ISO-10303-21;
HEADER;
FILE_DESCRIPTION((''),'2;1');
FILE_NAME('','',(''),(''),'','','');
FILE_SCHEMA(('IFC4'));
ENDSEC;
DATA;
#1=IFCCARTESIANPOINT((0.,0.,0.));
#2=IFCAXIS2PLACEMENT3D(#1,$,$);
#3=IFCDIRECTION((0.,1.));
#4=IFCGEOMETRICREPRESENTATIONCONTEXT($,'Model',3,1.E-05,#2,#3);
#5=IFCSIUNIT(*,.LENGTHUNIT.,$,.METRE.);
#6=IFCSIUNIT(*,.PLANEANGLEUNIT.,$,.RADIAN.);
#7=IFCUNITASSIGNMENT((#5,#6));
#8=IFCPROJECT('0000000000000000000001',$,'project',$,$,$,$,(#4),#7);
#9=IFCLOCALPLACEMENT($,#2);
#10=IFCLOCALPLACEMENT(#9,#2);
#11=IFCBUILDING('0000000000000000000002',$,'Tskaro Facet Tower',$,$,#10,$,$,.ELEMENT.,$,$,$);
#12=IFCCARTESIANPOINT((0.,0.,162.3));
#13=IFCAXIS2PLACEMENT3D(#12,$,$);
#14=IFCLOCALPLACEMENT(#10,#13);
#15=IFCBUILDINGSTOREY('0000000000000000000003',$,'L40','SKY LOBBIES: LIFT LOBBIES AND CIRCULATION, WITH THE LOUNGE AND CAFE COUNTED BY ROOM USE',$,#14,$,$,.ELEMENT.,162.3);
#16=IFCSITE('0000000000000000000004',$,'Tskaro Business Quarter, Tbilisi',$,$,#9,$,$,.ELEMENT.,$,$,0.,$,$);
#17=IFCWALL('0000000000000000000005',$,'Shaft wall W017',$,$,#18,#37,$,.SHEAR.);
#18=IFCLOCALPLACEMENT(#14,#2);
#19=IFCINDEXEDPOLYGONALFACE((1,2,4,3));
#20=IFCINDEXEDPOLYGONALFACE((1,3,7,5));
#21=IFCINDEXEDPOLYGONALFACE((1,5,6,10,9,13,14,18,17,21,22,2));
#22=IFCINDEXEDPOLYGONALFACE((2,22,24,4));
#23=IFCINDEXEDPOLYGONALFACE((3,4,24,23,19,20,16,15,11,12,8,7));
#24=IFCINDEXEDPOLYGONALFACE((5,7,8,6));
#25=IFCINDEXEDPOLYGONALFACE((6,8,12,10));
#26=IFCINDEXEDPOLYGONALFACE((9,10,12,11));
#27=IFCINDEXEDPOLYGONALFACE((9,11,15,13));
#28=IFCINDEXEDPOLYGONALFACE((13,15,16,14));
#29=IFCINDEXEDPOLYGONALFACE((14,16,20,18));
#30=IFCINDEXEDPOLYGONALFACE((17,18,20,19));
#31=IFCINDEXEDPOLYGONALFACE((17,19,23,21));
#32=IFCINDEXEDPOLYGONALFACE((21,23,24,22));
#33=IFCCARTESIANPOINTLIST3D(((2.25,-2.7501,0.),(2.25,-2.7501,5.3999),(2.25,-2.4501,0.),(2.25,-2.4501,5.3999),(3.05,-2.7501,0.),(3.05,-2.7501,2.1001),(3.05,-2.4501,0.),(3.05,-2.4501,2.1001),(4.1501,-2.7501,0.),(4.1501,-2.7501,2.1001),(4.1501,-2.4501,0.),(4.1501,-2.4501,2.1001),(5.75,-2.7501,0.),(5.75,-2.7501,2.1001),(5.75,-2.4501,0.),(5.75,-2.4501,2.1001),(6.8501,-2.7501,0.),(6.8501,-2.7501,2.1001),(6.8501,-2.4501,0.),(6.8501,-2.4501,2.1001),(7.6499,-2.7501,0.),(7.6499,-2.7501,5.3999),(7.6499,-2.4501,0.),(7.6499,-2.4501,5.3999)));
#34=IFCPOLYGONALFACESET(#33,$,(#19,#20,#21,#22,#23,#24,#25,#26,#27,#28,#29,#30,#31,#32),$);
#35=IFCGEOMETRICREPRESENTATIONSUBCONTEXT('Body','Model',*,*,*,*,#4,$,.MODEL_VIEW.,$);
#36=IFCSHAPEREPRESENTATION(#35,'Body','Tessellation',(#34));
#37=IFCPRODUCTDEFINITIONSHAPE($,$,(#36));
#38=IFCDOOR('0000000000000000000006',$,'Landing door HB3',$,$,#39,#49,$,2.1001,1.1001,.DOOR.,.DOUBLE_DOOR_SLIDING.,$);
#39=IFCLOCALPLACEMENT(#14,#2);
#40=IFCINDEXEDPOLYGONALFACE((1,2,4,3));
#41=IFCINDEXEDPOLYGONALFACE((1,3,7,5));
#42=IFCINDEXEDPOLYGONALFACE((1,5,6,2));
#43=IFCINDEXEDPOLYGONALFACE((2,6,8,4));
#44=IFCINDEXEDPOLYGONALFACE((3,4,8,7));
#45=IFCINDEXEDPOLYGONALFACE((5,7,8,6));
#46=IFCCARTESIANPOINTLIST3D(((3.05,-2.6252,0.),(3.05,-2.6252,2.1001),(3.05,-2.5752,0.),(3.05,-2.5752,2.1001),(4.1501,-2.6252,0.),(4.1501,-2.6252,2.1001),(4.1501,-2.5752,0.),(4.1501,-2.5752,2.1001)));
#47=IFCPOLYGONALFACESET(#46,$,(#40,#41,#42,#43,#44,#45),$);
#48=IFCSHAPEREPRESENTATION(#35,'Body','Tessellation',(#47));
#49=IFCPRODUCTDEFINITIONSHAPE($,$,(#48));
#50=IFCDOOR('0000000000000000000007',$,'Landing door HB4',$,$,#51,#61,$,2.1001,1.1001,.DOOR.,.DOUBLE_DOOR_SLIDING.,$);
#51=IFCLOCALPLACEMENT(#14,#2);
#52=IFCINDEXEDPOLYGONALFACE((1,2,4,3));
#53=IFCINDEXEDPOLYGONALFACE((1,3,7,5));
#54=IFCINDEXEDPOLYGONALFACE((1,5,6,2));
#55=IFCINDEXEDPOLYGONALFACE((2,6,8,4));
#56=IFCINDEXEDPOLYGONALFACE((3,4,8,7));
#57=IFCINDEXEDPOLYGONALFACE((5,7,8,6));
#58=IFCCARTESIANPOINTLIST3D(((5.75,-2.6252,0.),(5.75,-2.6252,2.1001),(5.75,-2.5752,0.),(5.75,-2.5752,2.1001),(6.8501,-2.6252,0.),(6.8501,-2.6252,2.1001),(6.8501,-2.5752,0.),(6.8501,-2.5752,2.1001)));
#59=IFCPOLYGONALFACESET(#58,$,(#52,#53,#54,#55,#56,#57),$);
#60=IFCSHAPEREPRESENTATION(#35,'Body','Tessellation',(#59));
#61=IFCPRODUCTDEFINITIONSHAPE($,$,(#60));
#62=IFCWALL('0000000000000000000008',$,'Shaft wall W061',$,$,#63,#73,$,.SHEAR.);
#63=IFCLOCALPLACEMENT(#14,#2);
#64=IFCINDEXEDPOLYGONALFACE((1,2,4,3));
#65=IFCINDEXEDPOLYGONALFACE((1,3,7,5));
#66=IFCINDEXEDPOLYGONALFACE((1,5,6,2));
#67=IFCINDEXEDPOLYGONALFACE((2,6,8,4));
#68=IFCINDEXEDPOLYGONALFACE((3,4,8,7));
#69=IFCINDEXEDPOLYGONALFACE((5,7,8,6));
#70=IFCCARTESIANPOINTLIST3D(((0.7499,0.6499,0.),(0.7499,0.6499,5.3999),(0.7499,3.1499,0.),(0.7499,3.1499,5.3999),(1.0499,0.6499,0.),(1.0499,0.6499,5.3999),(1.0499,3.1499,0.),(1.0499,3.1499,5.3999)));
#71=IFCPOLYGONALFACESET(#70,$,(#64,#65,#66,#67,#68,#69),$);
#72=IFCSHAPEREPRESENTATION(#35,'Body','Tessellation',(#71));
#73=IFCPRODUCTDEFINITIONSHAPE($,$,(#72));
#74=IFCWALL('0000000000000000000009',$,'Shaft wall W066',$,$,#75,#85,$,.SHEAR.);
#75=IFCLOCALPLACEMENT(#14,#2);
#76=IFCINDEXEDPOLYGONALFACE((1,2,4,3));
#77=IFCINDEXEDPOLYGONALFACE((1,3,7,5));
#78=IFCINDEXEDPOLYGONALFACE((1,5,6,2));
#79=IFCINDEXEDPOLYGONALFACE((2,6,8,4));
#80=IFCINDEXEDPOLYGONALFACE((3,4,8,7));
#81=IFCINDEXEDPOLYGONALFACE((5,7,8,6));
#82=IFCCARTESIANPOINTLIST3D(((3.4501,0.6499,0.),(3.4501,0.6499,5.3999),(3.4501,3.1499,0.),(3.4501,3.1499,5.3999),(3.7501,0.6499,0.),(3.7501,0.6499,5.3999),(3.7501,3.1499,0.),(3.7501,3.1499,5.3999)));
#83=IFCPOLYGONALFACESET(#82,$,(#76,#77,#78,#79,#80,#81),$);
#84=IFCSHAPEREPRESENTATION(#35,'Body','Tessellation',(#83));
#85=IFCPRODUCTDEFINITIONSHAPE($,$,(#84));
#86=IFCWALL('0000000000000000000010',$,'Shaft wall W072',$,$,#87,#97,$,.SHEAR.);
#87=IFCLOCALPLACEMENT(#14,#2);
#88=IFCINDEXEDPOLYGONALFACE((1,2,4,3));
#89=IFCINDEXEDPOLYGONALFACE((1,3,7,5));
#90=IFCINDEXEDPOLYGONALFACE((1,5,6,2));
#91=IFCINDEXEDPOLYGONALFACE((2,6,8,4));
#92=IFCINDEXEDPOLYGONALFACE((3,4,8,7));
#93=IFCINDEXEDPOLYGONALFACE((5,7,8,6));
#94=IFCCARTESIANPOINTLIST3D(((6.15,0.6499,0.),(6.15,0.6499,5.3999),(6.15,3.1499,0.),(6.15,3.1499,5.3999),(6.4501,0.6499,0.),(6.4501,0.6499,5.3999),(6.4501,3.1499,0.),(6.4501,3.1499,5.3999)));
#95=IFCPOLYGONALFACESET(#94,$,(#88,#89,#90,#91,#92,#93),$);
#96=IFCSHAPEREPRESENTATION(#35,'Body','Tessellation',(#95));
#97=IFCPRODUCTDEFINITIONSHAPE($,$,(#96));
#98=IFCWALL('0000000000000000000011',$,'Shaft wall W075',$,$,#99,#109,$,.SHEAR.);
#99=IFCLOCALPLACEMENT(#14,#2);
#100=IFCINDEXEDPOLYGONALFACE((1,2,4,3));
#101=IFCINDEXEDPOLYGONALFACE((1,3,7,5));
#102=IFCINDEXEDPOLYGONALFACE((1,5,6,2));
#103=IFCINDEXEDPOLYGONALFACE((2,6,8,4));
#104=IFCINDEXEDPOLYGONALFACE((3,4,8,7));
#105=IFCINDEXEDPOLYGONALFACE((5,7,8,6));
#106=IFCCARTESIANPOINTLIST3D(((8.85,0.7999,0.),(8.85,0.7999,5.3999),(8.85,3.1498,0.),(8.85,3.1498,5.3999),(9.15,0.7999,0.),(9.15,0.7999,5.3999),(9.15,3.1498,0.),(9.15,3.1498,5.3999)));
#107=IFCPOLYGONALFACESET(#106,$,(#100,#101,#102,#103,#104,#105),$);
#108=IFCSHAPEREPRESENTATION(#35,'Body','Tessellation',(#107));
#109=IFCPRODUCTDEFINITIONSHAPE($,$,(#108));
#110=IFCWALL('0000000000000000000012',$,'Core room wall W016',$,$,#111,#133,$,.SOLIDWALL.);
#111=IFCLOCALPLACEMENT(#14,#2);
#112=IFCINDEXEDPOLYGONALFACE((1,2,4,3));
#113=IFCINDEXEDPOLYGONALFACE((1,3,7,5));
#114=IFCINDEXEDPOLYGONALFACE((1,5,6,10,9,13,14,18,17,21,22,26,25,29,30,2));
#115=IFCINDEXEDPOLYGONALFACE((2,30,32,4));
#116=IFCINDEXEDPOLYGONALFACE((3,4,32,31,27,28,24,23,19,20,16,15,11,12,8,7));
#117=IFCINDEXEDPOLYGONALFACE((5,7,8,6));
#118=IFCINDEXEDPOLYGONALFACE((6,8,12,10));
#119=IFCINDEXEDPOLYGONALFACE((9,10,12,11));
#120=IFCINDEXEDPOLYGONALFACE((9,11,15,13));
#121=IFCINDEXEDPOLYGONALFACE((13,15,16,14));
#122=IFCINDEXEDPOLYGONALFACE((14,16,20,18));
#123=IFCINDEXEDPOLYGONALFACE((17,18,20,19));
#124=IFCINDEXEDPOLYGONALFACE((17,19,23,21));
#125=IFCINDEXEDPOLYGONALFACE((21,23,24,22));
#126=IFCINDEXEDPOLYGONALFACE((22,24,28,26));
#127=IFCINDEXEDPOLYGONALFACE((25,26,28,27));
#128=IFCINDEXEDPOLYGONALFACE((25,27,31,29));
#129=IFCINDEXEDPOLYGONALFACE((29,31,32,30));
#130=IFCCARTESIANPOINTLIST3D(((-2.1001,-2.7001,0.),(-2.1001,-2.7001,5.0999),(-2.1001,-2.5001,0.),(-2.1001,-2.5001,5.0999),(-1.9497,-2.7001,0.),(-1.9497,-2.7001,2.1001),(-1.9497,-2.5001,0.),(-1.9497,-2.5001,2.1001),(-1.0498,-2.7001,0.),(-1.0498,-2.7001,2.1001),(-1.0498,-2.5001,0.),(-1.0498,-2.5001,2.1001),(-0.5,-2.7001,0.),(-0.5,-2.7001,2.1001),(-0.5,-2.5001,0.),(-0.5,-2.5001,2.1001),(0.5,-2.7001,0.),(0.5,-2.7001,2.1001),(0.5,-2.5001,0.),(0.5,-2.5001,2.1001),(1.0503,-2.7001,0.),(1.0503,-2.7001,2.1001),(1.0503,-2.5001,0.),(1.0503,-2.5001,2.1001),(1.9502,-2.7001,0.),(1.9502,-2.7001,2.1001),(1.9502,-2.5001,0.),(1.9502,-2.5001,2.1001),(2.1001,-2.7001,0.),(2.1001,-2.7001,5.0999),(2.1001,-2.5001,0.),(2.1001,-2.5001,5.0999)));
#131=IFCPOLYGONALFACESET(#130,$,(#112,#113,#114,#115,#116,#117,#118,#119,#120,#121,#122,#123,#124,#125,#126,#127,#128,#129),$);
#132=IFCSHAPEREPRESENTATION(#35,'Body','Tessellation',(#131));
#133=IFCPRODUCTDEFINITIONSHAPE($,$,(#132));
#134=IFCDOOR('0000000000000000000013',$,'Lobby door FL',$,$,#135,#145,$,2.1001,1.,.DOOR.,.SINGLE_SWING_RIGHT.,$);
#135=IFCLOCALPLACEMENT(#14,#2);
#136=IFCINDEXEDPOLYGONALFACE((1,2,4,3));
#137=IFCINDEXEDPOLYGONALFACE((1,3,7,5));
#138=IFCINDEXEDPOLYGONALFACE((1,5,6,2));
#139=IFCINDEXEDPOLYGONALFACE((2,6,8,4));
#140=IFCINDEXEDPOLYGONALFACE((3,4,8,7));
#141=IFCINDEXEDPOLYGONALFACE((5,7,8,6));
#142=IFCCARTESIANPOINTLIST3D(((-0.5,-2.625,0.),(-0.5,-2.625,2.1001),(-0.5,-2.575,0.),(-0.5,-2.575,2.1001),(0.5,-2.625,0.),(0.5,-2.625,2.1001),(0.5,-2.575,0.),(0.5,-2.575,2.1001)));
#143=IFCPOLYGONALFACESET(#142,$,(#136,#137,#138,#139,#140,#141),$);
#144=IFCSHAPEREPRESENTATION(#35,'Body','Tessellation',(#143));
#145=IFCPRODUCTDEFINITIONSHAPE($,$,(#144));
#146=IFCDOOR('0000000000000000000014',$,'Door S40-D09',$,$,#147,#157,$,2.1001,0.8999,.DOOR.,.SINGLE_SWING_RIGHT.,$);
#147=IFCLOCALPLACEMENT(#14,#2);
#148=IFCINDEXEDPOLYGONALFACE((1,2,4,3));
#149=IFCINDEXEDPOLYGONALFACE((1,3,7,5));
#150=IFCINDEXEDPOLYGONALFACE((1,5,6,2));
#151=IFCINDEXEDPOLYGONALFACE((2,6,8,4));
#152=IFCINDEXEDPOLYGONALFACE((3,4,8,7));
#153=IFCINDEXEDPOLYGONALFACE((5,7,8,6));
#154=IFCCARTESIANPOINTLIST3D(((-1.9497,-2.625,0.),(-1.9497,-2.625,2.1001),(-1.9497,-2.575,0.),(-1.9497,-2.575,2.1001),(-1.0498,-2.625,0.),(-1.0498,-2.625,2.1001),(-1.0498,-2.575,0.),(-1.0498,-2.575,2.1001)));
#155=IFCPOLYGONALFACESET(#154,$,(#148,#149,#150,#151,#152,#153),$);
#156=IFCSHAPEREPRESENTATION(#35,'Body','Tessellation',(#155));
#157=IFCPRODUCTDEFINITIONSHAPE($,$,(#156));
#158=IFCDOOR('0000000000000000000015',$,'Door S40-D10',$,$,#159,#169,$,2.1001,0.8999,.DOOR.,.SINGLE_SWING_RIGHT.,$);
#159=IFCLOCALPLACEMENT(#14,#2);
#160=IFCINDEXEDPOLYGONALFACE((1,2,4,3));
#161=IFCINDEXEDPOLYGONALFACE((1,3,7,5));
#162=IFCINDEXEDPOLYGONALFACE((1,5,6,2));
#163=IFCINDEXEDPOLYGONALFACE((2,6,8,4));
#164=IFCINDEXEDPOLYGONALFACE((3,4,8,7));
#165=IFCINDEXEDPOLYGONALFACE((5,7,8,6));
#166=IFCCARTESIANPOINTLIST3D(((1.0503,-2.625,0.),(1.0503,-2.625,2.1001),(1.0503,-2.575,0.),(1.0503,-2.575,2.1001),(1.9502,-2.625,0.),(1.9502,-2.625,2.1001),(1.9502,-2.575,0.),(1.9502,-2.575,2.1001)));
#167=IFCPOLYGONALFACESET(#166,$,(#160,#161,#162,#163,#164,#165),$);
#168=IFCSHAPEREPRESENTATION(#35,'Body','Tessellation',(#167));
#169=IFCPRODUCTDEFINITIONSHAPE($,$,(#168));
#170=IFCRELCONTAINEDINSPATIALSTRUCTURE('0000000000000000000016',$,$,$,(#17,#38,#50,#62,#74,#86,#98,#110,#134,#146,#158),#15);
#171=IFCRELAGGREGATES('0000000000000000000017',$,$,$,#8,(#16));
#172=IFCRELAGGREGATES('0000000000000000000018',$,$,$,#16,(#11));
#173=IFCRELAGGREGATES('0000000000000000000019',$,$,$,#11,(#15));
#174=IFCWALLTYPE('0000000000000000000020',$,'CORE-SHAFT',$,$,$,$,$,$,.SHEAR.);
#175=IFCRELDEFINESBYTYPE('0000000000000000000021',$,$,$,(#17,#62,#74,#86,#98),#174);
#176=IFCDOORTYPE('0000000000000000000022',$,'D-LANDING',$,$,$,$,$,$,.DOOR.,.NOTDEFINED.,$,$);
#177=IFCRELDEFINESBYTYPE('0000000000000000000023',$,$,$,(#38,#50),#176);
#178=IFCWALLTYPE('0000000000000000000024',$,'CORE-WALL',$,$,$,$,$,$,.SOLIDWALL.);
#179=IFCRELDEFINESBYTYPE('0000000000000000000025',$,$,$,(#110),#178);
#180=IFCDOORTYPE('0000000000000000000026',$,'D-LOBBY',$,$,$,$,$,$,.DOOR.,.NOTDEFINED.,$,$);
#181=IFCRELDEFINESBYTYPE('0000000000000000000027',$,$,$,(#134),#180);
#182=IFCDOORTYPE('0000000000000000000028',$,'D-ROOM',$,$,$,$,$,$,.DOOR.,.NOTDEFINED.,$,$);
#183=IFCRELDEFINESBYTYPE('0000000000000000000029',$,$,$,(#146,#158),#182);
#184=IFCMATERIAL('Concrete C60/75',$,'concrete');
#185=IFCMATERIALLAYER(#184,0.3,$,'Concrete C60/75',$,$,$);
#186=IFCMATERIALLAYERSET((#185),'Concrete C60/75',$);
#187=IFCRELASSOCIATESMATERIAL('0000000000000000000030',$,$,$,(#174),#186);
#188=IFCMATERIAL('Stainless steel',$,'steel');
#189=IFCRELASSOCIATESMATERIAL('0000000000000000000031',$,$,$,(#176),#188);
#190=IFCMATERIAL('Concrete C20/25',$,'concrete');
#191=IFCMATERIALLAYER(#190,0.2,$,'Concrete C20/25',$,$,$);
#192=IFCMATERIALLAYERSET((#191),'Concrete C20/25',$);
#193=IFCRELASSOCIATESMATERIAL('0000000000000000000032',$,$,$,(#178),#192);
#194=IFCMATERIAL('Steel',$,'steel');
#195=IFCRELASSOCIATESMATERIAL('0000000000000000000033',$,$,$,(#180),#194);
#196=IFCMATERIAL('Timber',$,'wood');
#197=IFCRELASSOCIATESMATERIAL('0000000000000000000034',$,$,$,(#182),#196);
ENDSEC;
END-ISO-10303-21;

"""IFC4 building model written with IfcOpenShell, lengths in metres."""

from ifc_helpers import new_model, si_unit, direction, frame, frame_2d, origin, place, context, subcontext, project, spatial, rectangle, extrude, material, layer, layer_set, type_object, element, fill, save


model = new_model("IFC4")

# Units and contexts
model_context = context("Model", 3, precision=1e-05, world=origin(), true_north=direction((0.0, 1.0)))
body_context = subcontext(model_context, "Body", "Model", "MODEL_VIEW")
ifc_project = project(units=[si_unit("LENGTHUNIT", "METRE"), si_unit("PLANEANGLEUNIT", "RADIAN")], contexts=[model_context])

# Site, building, storey
site_placement = place(None, origin())
site = spatial("IfcSite", under=ifc_project, at=site_placement, Name="Tskaro Business Quarter, Tbilisi", CompositionType="ELEMENT", RefElevation=0.0)
building_placement = place(site_placement, origin())
building = spatial("IfcBuilding", under=site, at=building_placement, Name="Tskaro Facet Tower", CompositionType="ELEMENT")
storey_placement = place(building_placement, frame((0.0, 0.0, 162.3)))
storey = spatial("IfcBuildingStorey", under=building, at=storey_placement, Name="L40", Description="SKY LOBBIES: LIFT LOBBIES AND CIRCULATION, WITH THE LOUNGE AND CAFE COUNTED BY ROOM USE", CompositionType="ELEMENT", Elevation=162.3)

# Wall, openings, doors
ifc_material_1 = material(Name="Concrete C60/75", Category="concrete")
ifc_layer_1 = layer(ifc_material_1, 0.3, Name="Concrete C60/75")
ifc_layer_set_1 = layer_set([ifc_layer_1], Name="Concrete C60/75")
wall_type_1 = type_object("IfcWallType", Name="CORE-SHAFT", PredefinedType="SHEAR", material=ifc_layer_set_1)
wall_1_placement = place(storey_placement, frame((2.25, -2.6001, 0.0), z_axis=(0.0, 0.0, 1.0), x_axis=(1.0, 0.0, 0.0)))
wall_1 = element("IfcWall", 1, at=wall_1_placement, inside=storey, type_object=wall_type_1, Name="Shaft wall W017", PredefinedType="SHEAR", context=body_context, shape_type="SweptSolid", body=[
    extrude(rectangle(XDim=5.3999, YDim=0.3, at=frame_2d((2.7, 0.0))), origin(), (0.0, 0.0, 1.0), 5.3999),
])
opening_1_placement = place(wall_1_placement, frame((0.8, 0.0, 0.0)))
opening_1 = element("IfcOpeningElement", 2, at=opening_1_placement, cuts=wall_1, PredefinedType="OPENING", context=body_context, shape_type="SweptSolid", body=[
    extrude(rectangle(XDim=1.1001, YDim=2.1001, at=frame_2d((0.55, 1.05))), frame((0.0, 0.1599, 0.0), z_axis=(0.0, -1.0, 0.0), x_axis=(1.0, 0.0, 0.0)), (0.0, 0.0, 1.0), 0.3201),
])
opening_2_placement = place(wall_1_placement, frame((3.5, 0.0, 0.0)))
opening_2 = element("IfcOpeningElement", 3, at=opening_2_placement, cuts=wall_1, PredefinedType="OPENING", context=body_context, shape_type="SweptSolid", body=[
    extrude(rectangle(XDim=1.1001, YDim=2.1001, at=frame_2d((0.55, 1.05))), frame((0.0, 0.1599, 0.0), z_axis=(0.0, -1.0, 0.0), x_axis=(1.0, 0.0, 0.0)), (0.0, 0.0, 1.0), 0.3201),
])
ifc_material_2 = material(Name="Stainless steel", Category="steel")
door_type_1 = type_object("IfcDoorType", Name="D-LANDING", OperationType="NOTDEFINED", PredefinedType="DOOR", material=ifc_material_2)
door_1_placement = place(opening_1_placement, origin())
door_1 = element("IfcDoor", 4, at=door_1_placement, inside=storey, type_object=door_type_1, Name="Landing door HB3", OperationType="DOUBLE_DOOR_SLIDING", OverallHeight=2.1001, OverallWidth=1.1001, PredefinedType="DOOR", context=body_context, shape_type="SweptSolid", body=[
    extrude(rectangle(XDim=1.1001, YDim=2.1001, at=frame_2d((0.55, 1.05))), frame((0.0, 0.0249, 0.0), z_axis=(0.0, -1.0, 0.0), x_axis=(1.0, 0.0, 0.0)), (0.0, 0.0, 1.0), 0.05),
])
fill(opening_1, door_1)
door_2_placement = place(opening_2_placement, origin())
door_2 = element("IfcDoor", 5, at=door_2_placement, inside=storey, type_object=door_type_1, Name="Landing door HB4", OperationType="DOUBLE_DOOR_SLIDING", OverallHeight=2.1001, OverallWidth=1.1001, PredefinedType="DOOR", context=body_context, shape_type="SweptSolid", body=[
    extrude(rectangle(XDim=1.1001, YDim=2.1001, at=frame_2d((0.55, 1.05))), frame((0.0, 0.0249, 0.0), z_axis=(0.0, -1.0, 0.0), x_axis=(1.0, 0.0, 0.0)), (0.0, 0.0, 1.0), 0.05),
])
fill(opening_2, door_2)

# Walls
for number, where, z_axis, x_axis, name in (
    (6, (0.8999, 0.6499, 0.0), (0.0, 0.0, 1.0), (0.0, 1.0, 0.0), "Shaft wall W061"),
    (7, (3.6001, 0.6499, 0.0), (0.0, 0.0, 1.0), (0.0, 1.0, 0.0), "Shaft wall W066"),
    (8, (6.3, 0.6499, 0.0), (0.0, 0.0, 1.0), (0.0, 1.0, 0.0), "Shaft wall W072"),
):
    element("IfcWall", number, at=place(storey_placement, frame(where, z_axis=z_axis, x_axis=x_axis)), inside=storey, type_object=wall_type_1, Name=name, PredefinedType="SHEAR", context=body_context, shape_type="SweptSolid", body=[
        extrude(rectangle(XDim=2.5, YDim=0.3, at=frame_2d((1.25, 0.0))), origin(), (0.0, 0.0, 1.0), 5.3999),
    ])
wall_2_placement = place(storey_placement, frame((9.0, 0.8, 0.0), z_axis=(0.0, 0.0, 1.0), x_axis=(0.0, 1.0, 0.0)))
element("IfcWall", 9, at=wall_2_placement, inside=storey, type_object=wall_type_1, Name="Shaft wall W075", PredefinedType="SHEAR", context=body_context, shape_type="SweptSolid", body=[
    extrude(rectangle(XDim=2.3499, YDim=0.3, at=frame_2d((1.1748, 0.0))), origin(), (0.0, 0.0, 1.0), 5.3999),
])

# Wall, openings, doors
ifc_material_3 = material(Name="Concrete C20/25", Category="concrete")
ifc_layer_2 = layer(ifc_material_3, 0.2, Name="Concrete C20/25")
ifc_layer_set_2 = layer_set([ifc_layer_2], Name="Concrete C20/25")
wall_type_2 = type_object("IfcWallType", Name="CORE-WALL", PredefinedType="SOLIDWALL", material=ifc_layer_set_2)
wall_3_placement = place(storey_placement, frame((2.1001, -2.6001, 0.0), z_axis=(0.0, 0.0, 1.0), x_axis=(-1.0, 0.0, 0.0)))
wall_3 = element("IfcWall", 10, at=wall_3_placement, inside=storey, type_object=wall_type_2, Name="Core room wall W016", PredefinedType="SOLIDWALL", context=body_context, shape_type="SweptSolid", body=[
    extrude(rectangle(XDim=4.2002, YDim=0.2, at=frame_2d((2.1001, 0.0))), origin(), (0.0, 0.0, 1.0), 5.0999),
])
opening_3_placement = place(wall_3_placement, frame((1.6001, 0.0, 0.0)))
opening_3 = element("IfcOpeningElement", 11, at=opening_3_placement, cuts=wall_3, PredefinedType="OPENING", context=body_context, shape_type="SweptSolid", body=[
    extrude(rectangle(XDim=1.0, YDim=2.1001, at=frame_2d((0.5, 1.05))), frame((0.0, 0.1099, 0.0), z_axis=(0.0, -1.0, 0.0), x_axis=(1.0, 0.0, 0.0)), (0.0, 0.0, 1.0), 0.22),
])
opening_4_placement = place(wall_3_placement, frame((3.1499, 0.0, 0.0)))
opening_4 = element("IfcOpeningElement", 12, at=opening_4_placement, cuts=wall_3, PredefinedType="OPENING", context=body_context, shape_type="SweptSolid", body=[
    extrude(rectangle(XDim=0.8999, YDim=2.1001, at=frame_2d((0.45, 1.05))), frame((0.0, 0.1099, 0.0), z_axis=(0.0, -1.0, 0.0), x_axis=(1.0, 0.0, 0.0)), (0.0, 0.0, 1.0), 0.22),
])
opening_5_placement = place(wall_3_placement, frame((0.1499, 0.0, 0.0)))
opening_5 = element("IfcOpeningElement", 13, at=opening_5_placement, cuts=wall_3, PredefinedType="OPENING", context=body_context, shape_type="SweptSolid", body=[
    extrude(rectangle(XDim=0.8999, YDim=2.1001, at=frame_2d((0.45, 1.05))), frame((0.0, 0.1099, 0.0), z_axis=(0.0, -1.0, 0.0), x_axis=(1.0, 0.0, 0.0)), (0.0, 0.0, 1.0), 0.22),
])
ifc_material_4 = material(Name="Steel", Category="steel")
door_type_2 = type_object("IfcDoorType", Name="D-LOBBY", OperationType="NOTDEFINED", PredefinedType="DOOR", material=ifc_material_4)
door_3_placement = place(opening_3_placement, origin())
door_3 = element("IfcDoor", 14, at=door_3_placement, inside=storey, type_object=door_type_2, Name="Lobby door FL", OperationType="SINGLE_SWING_RIGHT", OverallHeight=2.1001, OverallWidth=1.0, PredefinedType="DOOR", context=body_context, shape_type="SweptSolid", body=[
    extrude(rectangle(XDim=1.0, YDim=2.1001, at=frame_2d((0.5, 1.05))), frame((0.0, 0.0249, 0.0), z_axis=(0.0, -1.0, 0.0), x_axis=(1.0, 0.0, 0.0)), (0.0, 0.0, 1.0), 0.05),
])
fill(opening_3, door_3)
ifc_material_5 = material(Name="Timber", Category="wood")
door_type_3 = type_object("IfcDoorType", Name="D-ROOM", OperationType="NOTDEFINED", PredefinedType="DOOR", material=ifc_material_5)
door_4_placement = place(opening_4_placement, origin())
door_4 = element("IfcDoor", 15, at=door_4_placement, inside=storey, type_object=door_type_3, Name="Door S40-D09", OperationType="SINGLE_SWING_RIGHT", OverallHeight=2.1001, OverallWidth=0.8999, PredefinedType="DOOR", context=body_context, shape_type="SweptSolid", body=[
    extrude(rectangle(XDim=0.8999, YDim=2.1001, at=frame_2d((0.45, 1.05))), frame((0.0, 0.0249, 0.0), z_axis=(0.0, -1.0, 0.0), x_axis=(1.0, 0.0, 0.0)), (0.0, 0.0, 1.0), 0.05),
])
fill(opening_4, door_4)
door_5_placement = place(opening_5_placement, origin())
door_5 = element("IfcDoor", 16, at=door_5_placement, inside=storey, type_object=door_type_3, Name="Door S40-D10", OperationType="SINGLE_SWING_RIGHT", OverallHeight=2.1001, OverallWidth=0.8999, PredefinedType="DOOR", context=body_context, shape_type="SweptSolid", body=[
    extrude(rectangle(XDim=0.8999, YDim=2.1001, at=frame_2d((0.45, 1.05))), frame((0.0, 0.0249, 0.0), z_axis=(0.0, -1.0, 0.0), x_axis=(1.0, 0.0, 0.0)), (0.0, 0.0, 1.0), 0.05),
])
fill(opening_5, door_5)

save(model, "model.ifc")
